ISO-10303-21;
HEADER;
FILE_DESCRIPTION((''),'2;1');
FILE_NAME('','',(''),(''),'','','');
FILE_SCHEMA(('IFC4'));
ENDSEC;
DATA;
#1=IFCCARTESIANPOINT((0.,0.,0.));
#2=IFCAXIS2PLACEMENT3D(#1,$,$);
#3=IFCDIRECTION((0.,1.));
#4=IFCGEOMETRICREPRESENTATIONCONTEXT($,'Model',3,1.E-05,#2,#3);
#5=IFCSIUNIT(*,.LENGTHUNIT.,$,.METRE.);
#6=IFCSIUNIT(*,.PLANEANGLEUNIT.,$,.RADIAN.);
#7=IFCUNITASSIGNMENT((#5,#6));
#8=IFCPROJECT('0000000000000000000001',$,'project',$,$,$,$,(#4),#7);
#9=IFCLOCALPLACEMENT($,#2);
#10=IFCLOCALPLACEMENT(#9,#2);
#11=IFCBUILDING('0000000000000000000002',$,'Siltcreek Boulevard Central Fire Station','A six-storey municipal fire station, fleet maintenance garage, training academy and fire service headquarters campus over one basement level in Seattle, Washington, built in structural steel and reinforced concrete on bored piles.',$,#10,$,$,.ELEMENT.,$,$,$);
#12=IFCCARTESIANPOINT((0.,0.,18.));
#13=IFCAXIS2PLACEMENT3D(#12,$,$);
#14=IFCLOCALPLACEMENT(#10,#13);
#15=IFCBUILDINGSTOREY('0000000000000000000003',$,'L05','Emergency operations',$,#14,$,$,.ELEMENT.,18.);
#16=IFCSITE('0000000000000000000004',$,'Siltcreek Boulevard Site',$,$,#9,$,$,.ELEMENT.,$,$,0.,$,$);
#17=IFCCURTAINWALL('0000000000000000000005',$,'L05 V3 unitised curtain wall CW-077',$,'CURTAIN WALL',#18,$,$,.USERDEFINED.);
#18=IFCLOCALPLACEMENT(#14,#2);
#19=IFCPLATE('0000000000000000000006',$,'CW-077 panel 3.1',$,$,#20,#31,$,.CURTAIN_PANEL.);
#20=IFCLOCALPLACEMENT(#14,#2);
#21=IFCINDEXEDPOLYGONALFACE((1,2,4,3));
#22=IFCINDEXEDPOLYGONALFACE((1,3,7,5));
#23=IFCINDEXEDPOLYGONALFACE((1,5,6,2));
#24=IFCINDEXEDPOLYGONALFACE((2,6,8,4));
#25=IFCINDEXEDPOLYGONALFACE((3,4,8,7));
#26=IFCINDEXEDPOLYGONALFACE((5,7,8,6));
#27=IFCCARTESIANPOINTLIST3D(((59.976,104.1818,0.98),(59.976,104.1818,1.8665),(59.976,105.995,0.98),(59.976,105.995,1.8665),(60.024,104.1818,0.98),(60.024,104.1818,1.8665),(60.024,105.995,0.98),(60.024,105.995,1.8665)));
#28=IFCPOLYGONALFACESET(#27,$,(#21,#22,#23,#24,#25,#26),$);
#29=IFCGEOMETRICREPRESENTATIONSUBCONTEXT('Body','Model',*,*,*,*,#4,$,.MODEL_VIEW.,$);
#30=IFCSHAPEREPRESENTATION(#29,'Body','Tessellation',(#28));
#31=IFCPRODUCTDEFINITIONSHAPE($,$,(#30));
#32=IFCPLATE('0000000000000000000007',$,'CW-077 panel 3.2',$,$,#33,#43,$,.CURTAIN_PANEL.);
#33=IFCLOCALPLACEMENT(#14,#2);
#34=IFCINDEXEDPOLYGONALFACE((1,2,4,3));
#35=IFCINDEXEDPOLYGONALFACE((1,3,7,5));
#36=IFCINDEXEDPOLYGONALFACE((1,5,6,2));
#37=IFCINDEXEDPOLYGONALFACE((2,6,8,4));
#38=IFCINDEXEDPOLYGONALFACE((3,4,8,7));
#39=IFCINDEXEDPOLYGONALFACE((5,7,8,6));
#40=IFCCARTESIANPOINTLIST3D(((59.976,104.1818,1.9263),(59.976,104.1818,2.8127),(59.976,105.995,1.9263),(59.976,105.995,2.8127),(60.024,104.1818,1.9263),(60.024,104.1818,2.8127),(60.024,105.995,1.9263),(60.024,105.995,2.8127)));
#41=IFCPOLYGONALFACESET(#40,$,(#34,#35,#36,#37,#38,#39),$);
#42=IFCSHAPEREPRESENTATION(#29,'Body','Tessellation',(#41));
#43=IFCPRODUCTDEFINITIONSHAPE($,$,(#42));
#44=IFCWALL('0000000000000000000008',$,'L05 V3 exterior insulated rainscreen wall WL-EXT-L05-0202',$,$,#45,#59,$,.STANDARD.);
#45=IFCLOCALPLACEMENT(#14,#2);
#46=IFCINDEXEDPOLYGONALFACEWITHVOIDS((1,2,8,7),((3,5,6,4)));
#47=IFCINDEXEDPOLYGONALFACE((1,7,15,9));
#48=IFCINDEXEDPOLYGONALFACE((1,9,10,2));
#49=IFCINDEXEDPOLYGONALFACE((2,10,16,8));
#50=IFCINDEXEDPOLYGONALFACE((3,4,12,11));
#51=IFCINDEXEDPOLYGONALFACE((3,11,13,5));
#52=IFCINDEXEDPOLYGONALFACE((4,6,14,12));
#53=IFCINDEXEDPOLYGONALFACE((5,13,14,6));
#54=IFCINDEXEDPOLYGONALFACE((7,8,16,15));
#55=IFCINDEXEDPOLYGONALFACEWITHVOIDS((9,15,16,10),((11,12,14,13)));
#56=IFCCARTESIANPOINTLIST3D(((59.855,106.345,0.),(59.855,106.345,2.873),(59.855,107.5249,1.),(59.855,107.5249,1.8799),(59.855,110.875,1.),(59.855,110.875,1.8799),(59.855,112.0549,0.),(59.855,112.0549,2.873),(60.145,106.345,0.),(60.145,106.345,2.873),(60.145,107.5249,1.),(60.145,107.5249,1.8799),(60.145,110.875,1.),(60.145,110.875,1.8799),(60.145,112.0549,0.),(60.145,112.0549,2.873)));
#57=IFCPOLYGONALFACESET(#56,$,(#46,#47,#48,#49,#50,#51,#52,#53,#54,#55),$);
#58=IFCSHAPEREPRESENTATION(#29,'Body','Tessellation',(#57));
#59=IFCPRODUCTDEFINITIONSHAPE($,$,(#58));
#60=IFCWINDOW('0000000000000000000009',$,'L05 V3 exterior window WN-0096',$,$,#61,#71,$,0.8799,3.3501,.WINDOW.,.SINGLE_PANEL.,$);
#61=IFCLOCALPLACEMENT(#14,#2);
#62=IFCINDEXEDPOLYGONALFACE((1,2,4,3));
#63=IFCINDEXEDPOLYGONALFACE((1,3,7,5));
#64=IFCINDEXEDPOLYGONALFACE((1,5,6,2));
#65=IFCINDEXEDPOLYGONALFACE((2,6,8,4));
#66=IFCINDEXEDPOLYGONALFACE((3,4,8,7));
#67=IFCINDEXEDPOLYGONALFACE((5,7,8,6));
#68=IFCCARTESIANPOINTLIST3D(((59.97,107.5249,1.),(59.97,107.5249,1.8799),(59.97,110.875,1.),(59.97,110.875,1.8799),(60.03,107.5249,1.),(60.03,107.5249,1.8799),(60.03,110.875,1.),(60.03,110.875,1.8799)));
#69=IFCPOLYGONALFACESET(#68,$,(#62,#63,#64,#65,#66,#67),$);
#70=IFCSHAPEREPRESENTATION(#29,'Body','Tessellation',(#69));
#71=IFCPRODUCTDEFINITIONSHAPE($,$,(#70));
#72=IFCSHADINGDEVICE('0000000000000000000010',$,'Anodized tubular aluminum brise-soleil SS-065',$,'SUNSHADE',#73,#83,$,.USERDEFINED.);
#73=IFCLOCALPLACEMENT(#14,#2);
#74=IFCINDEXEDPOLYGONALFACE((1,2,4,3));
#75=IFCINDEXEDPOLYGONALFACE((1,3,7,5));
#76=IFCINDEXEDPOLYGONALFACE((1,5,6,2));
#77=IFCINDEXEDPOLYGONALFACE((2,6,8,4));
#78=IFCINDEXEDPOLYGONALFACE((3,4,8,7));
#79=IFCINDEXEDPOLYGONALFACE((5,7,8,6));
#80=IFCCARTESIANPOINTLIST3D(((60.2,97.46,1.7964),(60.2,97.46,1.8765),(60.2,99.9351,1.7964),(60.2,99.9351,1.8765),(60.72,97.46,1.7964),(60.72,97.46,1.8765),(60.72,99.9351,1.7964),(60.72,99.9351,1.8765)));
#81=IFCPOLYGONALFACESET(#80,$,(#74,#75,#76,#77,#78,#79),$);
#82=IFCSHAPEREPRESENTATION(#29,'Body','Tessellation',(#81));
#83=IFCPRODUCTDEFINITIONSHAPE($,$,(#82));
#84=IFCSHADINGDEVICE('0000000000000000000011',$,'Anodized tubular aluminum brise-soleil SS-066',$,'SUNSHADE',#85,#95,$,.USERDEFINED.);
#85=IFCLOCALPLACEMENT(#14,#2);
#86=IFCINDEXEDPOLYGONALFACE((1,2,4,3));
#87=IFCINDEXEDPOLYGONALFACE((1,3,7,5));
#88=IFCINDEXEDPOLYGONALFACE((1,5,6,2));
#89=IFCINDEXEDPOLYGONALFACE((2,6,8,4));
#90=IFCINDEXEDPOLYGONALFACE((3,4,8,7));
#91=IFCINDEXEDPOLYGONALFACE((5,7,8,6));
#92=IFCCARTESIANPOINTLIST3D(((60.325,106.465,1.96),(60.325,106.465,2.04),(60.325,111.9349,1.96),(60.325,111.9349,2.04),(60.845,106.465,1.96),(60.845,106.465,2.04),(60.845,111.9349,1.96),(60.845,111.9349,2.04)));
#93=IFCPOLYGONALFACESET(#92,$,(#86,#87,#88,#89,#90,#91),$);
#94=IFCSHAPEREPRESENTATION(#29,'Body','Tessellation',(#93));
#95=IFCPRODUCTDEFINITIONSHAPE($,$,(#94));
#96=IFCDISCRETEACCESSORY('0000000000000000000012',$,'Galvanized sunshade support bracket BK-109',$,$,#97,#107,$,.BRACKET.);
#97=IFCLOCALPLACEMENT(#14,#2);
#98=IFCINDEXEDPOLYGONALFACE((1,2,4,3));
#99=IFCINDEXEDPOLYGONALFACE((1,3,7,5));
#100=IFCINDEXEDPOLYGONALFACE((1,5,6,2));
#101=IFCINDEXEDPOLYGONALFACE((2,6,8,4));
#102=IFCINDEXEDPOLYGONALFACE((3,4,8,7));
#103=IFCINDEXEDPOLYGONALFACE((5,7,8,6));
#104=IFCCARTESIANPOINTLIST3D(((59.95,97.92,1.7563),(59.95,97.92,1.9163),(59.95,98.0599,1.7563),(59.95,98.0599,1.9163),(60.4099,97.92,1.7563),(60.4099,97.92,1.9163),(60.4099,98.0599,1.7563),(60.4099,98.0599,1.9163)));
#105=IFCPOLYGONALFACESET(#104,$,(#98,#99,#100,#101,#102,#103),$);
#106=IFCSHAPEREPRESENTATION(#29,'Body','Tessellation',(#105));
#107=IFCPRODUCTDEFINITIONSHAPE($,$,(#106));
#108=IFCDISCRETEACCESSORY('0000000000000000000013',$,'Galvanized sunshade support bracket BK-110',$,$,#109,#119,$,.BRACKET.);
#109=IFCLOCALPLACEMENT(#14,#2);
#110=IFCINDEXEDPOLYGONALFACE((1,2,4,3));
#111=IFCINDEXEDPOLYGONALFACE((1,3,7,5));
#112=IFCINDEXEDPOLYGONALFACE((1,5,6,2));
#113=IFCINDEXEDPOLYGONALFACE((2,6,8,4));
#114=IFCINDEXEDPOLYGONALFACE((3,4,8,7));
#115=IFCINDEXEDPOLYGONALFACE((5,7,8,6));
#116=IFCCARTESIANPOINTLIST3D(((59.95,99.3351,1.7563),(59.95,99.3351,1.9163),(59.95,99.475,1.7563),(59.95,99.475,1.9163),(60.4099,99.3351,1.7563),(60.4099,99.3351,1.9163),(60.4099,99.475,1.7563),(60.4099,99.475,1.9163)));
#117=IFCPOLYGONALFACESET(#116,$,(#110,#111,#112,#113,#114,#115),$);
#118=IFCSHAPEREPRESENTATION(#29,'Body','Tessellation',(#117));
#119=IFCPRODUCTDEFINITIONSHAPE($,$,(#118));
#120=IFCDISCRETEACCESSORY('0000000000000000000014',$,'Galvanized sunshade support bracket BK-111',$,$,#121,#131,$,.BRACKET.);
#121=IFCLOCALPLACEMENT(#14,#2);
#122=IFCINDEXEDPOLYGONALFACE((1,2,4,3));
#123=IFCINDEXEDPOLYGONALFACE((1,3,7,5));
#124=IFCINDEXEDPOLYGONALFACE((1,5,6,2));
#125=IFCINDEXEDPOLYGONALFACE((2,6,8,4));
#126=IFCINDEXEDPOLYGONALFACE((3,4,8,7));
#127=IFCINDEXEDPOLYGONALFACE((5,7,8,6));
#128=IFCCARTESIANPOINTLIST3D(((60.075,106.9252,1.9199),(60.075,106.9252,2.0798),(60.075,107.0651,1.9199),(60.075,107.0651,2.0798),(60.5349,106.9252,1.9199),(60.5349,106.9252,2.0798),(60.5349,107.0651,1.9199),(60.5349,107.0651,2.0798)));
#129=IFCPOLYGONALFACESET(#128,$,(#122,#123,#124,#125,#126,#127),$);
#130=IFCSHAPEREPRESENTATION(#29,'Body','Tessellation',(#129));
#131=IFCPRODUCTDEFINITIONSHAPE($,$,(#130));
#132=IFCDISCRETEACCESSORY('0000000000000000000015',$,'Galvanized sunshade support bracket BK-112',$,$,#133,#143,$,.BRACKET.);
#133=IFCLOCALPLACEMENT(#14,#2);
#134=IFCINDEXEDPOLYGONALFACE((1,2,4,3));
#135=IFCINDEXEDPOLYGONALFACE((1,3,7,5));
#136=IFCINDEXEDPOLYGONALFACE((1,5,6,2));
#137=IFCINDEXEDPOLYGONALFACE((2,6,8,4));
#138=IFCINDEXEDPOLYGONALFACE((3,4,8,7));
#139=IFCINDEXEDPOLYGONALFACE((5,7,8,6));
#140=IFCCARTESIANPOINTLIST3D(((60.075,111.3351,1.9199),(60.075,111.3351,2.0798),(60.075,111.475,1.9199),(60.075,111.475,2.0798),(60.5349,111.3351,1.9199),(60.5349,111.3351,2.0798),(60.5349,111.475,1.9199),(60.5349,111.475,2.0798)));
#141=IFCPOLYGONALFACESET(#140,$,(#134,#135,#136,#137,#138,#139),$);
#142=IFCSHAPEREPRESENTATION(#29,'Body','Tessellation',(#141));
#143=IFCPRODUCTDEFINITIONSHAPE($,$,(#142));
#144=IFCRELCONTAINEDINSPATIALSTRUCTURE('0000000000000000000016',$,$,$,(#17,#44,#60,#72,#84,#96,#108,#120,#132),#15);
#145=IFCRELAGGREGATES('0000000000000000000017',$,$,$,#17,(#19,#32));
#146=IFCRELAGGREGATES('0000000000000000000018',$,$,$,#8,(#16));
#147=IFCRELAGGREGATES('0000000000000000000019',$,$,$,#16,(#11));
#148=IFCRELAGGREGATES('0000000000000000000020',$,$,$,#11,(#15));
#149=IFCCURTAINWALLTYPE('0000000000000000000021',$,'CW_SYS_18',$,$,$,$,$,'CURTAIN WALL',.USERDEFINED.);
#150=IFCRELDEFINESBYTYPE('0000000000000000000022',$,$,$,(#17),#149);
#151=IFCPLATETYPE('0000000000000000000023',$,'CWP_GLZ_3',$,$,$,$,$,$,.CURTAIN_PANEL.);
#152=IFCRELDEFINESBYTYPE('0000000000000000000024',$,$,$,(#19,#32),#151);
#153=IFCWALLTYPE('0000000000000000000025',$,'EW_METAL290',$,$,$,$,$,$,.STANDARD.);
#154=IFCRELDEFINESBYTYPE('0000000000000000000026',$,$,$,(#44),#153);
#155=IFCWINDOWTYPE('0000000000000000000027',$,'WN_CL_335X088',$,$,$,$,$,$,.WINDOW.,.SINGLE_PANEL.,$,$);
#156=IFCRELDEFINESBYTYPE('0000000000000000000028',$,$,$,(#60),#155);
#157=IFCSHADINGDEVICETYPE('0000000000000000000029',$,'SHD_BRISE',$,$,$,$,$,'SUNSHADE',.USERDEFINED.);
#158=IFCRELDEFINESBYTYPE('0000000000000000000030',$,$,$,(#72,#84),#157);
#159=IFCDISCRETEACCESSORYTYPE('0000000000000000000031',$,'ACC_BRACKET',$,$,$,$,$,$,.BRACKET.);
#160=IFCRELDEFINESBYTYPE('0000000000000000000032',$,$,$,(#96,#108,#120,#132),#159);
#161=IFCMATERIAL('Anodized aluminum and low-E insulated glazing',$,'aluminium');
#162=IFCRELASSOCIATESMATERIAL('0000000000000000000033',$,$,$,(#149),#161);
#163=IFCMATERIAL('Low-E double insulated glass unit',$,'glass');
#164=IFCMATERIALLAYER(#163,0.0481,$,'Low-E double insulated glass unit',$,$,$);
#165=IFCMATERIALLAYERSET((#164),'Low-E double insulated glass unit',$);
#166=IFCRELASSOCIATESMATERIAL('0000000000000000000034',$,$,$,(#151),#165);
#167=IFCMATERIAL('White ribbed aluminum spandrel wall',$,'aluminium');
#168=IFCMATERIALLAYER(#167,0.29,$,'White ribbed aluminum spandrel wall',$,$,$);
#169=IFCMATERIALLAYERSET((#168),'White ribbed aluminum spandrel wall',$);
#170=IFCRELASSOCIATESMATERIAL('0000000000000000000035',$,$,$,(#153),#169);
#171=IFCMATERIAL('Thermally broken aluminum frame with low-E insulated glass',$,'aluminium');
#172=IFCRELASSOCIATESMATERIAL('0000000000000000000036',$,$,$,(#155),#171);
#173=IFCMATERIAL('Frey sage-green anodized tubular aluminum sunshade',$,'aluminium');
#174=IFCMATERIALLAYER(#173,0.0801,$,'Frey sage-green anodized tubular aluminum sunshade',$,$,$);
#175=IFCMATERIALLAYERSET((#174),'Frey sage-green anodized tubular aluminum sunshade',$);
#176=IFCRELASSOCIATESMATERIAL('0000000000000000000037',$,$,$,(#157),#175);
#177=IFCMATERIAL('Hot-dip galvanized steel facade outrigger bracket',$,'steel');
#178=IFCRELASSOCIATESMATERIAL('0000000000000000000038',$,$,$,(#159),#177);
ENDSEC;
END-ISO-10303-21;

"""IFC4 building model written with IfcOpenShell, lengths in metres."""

from ifc_helpers import new_model, si_unit, direction, frame, frame_2d, origin, origin_2d, place, context, subcontext, project, spatial, rectangle, extrude, material, layer, layer_set, type_object, element, fill, aggregate, save


model = new_model("IFC4")

# Units and contexts
model_context = context("Model", 3, precision=1e-05, world=origin(), true_north=direction((0.0, 1.0)))
body_context = subcontext(model_context, "Body", "Model", "MODEL_VIEW")
ifc_project = project(units=[si_unit("LENGTHUNIT", "METRE"), si_unit("PLANEANGLEUNIT", "RADIAN")], contexts=[model_context])

# Site, building, storey
site_placement = place(None, origin())
site = spatial("IfcSite", under=ifc_project, at=site_placement, Name="Siltcreek Boulevard Site", CompositionType="ELEMENT", RefElevation=0.0)
building_placement = place(site_placement, origin())
building = spatial("IfcBuilding", under=site, at=building_placement, Name="Siltcreek Boulevard Central Fire Station", Description="A six-storey municipal fire station, fleet maintenance garage, training academy and fire service headquarters campus over one basement level in Seattle, Washington, built in structural steel and reinforced concrete on bored piles.", CompositionType="ELEMENT")
storey_placement = place(building_placement, frame((0.0, 0.0, 18.0)))
storey = spatial("IfcBuildingStorey", under=building, at=storey_placement, Name="L05", Description="Emergency operations", CompositionType="ELEMENT", Elevation=18.0)

# Curtain wall
ifc_material_1 = material(Name="Anodized aluminum and low-E insulated glazing", Category="aluminium")
curtain_wall_type = type_object("IfcCurtainWallType", Name="CW_SYS_18", ElementType="CURTAIN WALL", PredefinedType="USERDEFINED", material=ifc_material_1)
curtain_wall_placement = place(storey_placement, origin())
curtain_wall = element("IfcCurtainWall", 1, at=curtain_wall_placement, inside=storey, type_object=curtain_wall_type, Name="L05 V3 unitised curtain wall CW-077", ObjectType="CURTAIN WALL", PredefinedType="USERDEFINED")

# Plates
ifc_material_2 = material(Name="Low-E double insulated glass unit", Category="glass")
ifc_layer_1 = layer(ifc_material_2, 0.0481, Name="Low-E double insulated glass unit")
ifc_layer_set_1 = layer_set([ifc_layer_1], Name="Low-E double insulated glass unit")
plate_type = type_object("IfcPlateType", Name="CWP_GLZ_3", PredefinedType="CURTAIN_PANEL", material=ifc_layer_set_1)
plate_1_placement = place(storey_placement, frame((60.0, 105.0884, 0.98), z_axis=(0.0, 0.0, 1.0), x_axis=(0.0, 1.0, 0.0)))
plate_1 = element("IfcPlate", 2, at=plate_1_placement, type_object=plate_type, Name="CW-077 panel 3.1", PredefinedType="CURTAIN_PANEL", context=body_context, shape_type="SweptSolid", body=[
    extrude(rectangle(XDim=1.8132, YDim=0.0481, at=origin_2d()), origin(), (0.0, 0.0, 1.0), 0.8865),
])
plate_2_placement = place(storey_placement, frame((60.0, 105.0884, 1.9263), z_axis=(0.0, 0.0, 1.0), x_axis=(0.0, 1.0, 0.0)))
plate_2 = element("IfcPlate", 3, at=plate_2_placement, type_object=plate_type, Name="CW-077 panel 3.2", PredefinedType="CURTAIN_PANEL", context=body_context, shape_type="SweptSolid", body=[
    extrude(rectangle(XDim=1.8132, YDim=0.0481, at=origin_2d()), origin(), (0.0, 0.0, 1.0), 0.8865),
])
aggregate(curtain_wall, [plate_1, plate_2])

# Wall, opening, window
ifc_material_3 = material(Name="White ribbed aluminum spandrel wall", Category="aluminium")
ifc_layer_2 = layer(ifc_material_3, 0.29, Name="White ribbed aluminum spandrel wall")
ifc_layer_set_2 = layer_set([ifc_layer_2], Name="White ribbed aluminum spandrel wall")
wall_type = type_object("IfcWallType", Name="EW_METAL290", PredefinedType="STANDARD", material=ifc_layer_set_2)
wall_placement = place(storey_placement, frame((60.0, 106.345, 0.0), z_axis=(0.0, 0.0, 1.0), x_axis=(0.0, 1.0, 0.0)))
wall = element("IfcWall", 4, at=wall_placement, inside=storey, type_object=wall_type, Name="L05 V3 exterior insulated rainscreen wall WL-EXT-L05-0202", PredefinedType="STANDARD", context=body_context, shape_type="SweptSolid", body=[
    extrude(rectangle(XDim=5.71, YDim=0.29, at=frame_2d((2.855, 0.0))), origin(), (0.0, 0.0, 1.0), 2.873),
])
opening_placement = place(wall_placement, frame((1.1799, 0.0, 1.0)))
opening = element("IfcOpeningElement", 5, at=opening_placement, cuts=wall, PredefinedType="OPENING", context=body_context, shape_type="SweptSolid", body=[
    extrude(rectangle(XDim=3.3501, YDim=0.8799, at=frame_2d((1.675, 0.4399))), frame((0.0, 0.155, 0.0), z_axis=(0.0, -1.0, 0.0), x_axis=(1.0, 0.0, 0.0)), (0.0, 0.0, 1.0), 0.3101),
])
ifc_material_4 = material(Name="Thermally broken aluminum frame with low-E insulated glass", Category="aluminium")
window_type = type_object("IfcWindowType", Name="WN_CL_335X088", PartitioningType="SINGLE_PANEL", PredefinedType="WINDOW", material=ifc_material_4)
window_placement = place(opening_placement, origin())
window = element("IfcWindow", 6, at=window_placement, inside=storey, type_object=window_type, Name="L05 V3 exterior window WN-0096", OverallHeight=0.8799, OverallWidth=3.3501, PartitioningType="SINGLE_PANEL", PredefinedType="WINDOW", context=body_context, shape_type="SweptSolid", body=[
    extrude(rectangle(XDim=3.3501, YDim=0.8799, at=frame_2d((1.675, 0.4399))), frame((0.0, 0.03, 0.0), z_axis=(0.0, -1.0, 0.0), x_axis=(1.0, 0.0, 0.0)), (0.0, 0.0, 1.0), 0.0601),
])
fill(opening, window)

# Shading devices
ifc_material_5 = material(Name="Frey sage-green anodized tubular aluminum sunshade", Category="aluminium")
ifc_layer_3 = layer(ifc_material_5, 0.0801, Name="Frey sage-green anodized tubular aluminum sunshade")
ifc_layer_set_3 = layer_set([ifc_layer_3], Name="Frey sage-green anodized tubular aluminum sunshade")
shading_device_type = type_object("IfcShadingDeviceType", Name="SHD_BRISE", ElementType="SUNSHADE", PredefinedType="USERDEFINED", material=ifc_layer_set_3)
shading_device_1_placement = place(storey_placement, frame((60.46, 98.6975, 1.7964), z_axis=(0.0, 0.0, 1.0), x_axis=(0.0, 1.0, 0.0)))
element("IfcShadingDevice", 7, at=shading_device_1_placement, inside=storey, type_object=shading_device_type, Name="Anodized tubular aluminum brise-soleil SS-065", ObjectType="SUNSHADE", PredefinedType="USERDEFINED", context=body_context, shape_type="SweptSolid", body=[
    extrude(rectangle(XDim=2.4751, YDim=0.52, at=origin_2d()), origin(), (0.0, 0.0, 1.0), 0.0801),
])
shading_device_2_placement = place(storey_placement, frame((60.585, 109.2, 1.96), z_axis=(0.0, 0.0, 1.0), x_axis=(0.0, 1.0, 0.0)))
element("IfcShadingDevice", 8, at=shading_device_2_placement, inside=storey, type_object=shading_device_type, Name="Anodized tubular aluminum brise-soleil SS-066", ObjectType="SUNSHADE", PredefinedType="USERDEFINED", context=body_context, shape_type="SweptSolid", body=[
    extrude(rectangle(XDim=5.47, YDim=0.52, at=origin_2d()), origin(), (0.0, 0.0, 1.0), 0.0801),
])

# Discrete accessories
ifc_material_6 = material(Name="Hot-dip galvanized steel facade outrigger bracket", Category="steel")
discrete_accessory_type = type_object("IfcDiscreteAccessoryType", Name="ACC_BRACKET", PredefinedType="BRACKET", material=ifc_material_6)
for number, where, z_axis, x_axis, name in (
    (9, (60.1799, 97.99, 1.7563), (0.0, 0.0, 1.0), (0.0, 1.0, 0.0), "Galvanized sunshade support bracket BK-109"),
    (10, (60.1799, 99.405, 1.7563), (0.0, 0.0, 1.0), (0.0, 1.0, 0.0), "Galvanized sunshade support bracket BK-110"),
    (11, (60.3049, 106.9951, 1.9199), (0.0, 0.0, 1.0), (0.0, 1.0, 0.0), "Galvanized sunshade support bracket BK-111"),
    (12, (60.3049, 111.405, 1.9199), (0.0, 0.0, 1.0), (0.0, 1.0, 0.0), "Galvanized sunshade support bracket BK-112"),
):
    element("IfcDiscreteAccessory", number, at=place(storey_placement, frame(where, z_axis=z_axis, x_axis=x_axis)), inside=storey, type_object=discrete_accessory_type, Name=name, PredefinedType="BRACKET", context=body_context, shape_type="SweptSolid", body=[
        extrude(rectangle(XDim=0.1399, YDim=0.46, at=origin_2d()), origin(), (0.0, 0.0, 1.0), 0.1599),
    ])

save(model, "model.ifc")
